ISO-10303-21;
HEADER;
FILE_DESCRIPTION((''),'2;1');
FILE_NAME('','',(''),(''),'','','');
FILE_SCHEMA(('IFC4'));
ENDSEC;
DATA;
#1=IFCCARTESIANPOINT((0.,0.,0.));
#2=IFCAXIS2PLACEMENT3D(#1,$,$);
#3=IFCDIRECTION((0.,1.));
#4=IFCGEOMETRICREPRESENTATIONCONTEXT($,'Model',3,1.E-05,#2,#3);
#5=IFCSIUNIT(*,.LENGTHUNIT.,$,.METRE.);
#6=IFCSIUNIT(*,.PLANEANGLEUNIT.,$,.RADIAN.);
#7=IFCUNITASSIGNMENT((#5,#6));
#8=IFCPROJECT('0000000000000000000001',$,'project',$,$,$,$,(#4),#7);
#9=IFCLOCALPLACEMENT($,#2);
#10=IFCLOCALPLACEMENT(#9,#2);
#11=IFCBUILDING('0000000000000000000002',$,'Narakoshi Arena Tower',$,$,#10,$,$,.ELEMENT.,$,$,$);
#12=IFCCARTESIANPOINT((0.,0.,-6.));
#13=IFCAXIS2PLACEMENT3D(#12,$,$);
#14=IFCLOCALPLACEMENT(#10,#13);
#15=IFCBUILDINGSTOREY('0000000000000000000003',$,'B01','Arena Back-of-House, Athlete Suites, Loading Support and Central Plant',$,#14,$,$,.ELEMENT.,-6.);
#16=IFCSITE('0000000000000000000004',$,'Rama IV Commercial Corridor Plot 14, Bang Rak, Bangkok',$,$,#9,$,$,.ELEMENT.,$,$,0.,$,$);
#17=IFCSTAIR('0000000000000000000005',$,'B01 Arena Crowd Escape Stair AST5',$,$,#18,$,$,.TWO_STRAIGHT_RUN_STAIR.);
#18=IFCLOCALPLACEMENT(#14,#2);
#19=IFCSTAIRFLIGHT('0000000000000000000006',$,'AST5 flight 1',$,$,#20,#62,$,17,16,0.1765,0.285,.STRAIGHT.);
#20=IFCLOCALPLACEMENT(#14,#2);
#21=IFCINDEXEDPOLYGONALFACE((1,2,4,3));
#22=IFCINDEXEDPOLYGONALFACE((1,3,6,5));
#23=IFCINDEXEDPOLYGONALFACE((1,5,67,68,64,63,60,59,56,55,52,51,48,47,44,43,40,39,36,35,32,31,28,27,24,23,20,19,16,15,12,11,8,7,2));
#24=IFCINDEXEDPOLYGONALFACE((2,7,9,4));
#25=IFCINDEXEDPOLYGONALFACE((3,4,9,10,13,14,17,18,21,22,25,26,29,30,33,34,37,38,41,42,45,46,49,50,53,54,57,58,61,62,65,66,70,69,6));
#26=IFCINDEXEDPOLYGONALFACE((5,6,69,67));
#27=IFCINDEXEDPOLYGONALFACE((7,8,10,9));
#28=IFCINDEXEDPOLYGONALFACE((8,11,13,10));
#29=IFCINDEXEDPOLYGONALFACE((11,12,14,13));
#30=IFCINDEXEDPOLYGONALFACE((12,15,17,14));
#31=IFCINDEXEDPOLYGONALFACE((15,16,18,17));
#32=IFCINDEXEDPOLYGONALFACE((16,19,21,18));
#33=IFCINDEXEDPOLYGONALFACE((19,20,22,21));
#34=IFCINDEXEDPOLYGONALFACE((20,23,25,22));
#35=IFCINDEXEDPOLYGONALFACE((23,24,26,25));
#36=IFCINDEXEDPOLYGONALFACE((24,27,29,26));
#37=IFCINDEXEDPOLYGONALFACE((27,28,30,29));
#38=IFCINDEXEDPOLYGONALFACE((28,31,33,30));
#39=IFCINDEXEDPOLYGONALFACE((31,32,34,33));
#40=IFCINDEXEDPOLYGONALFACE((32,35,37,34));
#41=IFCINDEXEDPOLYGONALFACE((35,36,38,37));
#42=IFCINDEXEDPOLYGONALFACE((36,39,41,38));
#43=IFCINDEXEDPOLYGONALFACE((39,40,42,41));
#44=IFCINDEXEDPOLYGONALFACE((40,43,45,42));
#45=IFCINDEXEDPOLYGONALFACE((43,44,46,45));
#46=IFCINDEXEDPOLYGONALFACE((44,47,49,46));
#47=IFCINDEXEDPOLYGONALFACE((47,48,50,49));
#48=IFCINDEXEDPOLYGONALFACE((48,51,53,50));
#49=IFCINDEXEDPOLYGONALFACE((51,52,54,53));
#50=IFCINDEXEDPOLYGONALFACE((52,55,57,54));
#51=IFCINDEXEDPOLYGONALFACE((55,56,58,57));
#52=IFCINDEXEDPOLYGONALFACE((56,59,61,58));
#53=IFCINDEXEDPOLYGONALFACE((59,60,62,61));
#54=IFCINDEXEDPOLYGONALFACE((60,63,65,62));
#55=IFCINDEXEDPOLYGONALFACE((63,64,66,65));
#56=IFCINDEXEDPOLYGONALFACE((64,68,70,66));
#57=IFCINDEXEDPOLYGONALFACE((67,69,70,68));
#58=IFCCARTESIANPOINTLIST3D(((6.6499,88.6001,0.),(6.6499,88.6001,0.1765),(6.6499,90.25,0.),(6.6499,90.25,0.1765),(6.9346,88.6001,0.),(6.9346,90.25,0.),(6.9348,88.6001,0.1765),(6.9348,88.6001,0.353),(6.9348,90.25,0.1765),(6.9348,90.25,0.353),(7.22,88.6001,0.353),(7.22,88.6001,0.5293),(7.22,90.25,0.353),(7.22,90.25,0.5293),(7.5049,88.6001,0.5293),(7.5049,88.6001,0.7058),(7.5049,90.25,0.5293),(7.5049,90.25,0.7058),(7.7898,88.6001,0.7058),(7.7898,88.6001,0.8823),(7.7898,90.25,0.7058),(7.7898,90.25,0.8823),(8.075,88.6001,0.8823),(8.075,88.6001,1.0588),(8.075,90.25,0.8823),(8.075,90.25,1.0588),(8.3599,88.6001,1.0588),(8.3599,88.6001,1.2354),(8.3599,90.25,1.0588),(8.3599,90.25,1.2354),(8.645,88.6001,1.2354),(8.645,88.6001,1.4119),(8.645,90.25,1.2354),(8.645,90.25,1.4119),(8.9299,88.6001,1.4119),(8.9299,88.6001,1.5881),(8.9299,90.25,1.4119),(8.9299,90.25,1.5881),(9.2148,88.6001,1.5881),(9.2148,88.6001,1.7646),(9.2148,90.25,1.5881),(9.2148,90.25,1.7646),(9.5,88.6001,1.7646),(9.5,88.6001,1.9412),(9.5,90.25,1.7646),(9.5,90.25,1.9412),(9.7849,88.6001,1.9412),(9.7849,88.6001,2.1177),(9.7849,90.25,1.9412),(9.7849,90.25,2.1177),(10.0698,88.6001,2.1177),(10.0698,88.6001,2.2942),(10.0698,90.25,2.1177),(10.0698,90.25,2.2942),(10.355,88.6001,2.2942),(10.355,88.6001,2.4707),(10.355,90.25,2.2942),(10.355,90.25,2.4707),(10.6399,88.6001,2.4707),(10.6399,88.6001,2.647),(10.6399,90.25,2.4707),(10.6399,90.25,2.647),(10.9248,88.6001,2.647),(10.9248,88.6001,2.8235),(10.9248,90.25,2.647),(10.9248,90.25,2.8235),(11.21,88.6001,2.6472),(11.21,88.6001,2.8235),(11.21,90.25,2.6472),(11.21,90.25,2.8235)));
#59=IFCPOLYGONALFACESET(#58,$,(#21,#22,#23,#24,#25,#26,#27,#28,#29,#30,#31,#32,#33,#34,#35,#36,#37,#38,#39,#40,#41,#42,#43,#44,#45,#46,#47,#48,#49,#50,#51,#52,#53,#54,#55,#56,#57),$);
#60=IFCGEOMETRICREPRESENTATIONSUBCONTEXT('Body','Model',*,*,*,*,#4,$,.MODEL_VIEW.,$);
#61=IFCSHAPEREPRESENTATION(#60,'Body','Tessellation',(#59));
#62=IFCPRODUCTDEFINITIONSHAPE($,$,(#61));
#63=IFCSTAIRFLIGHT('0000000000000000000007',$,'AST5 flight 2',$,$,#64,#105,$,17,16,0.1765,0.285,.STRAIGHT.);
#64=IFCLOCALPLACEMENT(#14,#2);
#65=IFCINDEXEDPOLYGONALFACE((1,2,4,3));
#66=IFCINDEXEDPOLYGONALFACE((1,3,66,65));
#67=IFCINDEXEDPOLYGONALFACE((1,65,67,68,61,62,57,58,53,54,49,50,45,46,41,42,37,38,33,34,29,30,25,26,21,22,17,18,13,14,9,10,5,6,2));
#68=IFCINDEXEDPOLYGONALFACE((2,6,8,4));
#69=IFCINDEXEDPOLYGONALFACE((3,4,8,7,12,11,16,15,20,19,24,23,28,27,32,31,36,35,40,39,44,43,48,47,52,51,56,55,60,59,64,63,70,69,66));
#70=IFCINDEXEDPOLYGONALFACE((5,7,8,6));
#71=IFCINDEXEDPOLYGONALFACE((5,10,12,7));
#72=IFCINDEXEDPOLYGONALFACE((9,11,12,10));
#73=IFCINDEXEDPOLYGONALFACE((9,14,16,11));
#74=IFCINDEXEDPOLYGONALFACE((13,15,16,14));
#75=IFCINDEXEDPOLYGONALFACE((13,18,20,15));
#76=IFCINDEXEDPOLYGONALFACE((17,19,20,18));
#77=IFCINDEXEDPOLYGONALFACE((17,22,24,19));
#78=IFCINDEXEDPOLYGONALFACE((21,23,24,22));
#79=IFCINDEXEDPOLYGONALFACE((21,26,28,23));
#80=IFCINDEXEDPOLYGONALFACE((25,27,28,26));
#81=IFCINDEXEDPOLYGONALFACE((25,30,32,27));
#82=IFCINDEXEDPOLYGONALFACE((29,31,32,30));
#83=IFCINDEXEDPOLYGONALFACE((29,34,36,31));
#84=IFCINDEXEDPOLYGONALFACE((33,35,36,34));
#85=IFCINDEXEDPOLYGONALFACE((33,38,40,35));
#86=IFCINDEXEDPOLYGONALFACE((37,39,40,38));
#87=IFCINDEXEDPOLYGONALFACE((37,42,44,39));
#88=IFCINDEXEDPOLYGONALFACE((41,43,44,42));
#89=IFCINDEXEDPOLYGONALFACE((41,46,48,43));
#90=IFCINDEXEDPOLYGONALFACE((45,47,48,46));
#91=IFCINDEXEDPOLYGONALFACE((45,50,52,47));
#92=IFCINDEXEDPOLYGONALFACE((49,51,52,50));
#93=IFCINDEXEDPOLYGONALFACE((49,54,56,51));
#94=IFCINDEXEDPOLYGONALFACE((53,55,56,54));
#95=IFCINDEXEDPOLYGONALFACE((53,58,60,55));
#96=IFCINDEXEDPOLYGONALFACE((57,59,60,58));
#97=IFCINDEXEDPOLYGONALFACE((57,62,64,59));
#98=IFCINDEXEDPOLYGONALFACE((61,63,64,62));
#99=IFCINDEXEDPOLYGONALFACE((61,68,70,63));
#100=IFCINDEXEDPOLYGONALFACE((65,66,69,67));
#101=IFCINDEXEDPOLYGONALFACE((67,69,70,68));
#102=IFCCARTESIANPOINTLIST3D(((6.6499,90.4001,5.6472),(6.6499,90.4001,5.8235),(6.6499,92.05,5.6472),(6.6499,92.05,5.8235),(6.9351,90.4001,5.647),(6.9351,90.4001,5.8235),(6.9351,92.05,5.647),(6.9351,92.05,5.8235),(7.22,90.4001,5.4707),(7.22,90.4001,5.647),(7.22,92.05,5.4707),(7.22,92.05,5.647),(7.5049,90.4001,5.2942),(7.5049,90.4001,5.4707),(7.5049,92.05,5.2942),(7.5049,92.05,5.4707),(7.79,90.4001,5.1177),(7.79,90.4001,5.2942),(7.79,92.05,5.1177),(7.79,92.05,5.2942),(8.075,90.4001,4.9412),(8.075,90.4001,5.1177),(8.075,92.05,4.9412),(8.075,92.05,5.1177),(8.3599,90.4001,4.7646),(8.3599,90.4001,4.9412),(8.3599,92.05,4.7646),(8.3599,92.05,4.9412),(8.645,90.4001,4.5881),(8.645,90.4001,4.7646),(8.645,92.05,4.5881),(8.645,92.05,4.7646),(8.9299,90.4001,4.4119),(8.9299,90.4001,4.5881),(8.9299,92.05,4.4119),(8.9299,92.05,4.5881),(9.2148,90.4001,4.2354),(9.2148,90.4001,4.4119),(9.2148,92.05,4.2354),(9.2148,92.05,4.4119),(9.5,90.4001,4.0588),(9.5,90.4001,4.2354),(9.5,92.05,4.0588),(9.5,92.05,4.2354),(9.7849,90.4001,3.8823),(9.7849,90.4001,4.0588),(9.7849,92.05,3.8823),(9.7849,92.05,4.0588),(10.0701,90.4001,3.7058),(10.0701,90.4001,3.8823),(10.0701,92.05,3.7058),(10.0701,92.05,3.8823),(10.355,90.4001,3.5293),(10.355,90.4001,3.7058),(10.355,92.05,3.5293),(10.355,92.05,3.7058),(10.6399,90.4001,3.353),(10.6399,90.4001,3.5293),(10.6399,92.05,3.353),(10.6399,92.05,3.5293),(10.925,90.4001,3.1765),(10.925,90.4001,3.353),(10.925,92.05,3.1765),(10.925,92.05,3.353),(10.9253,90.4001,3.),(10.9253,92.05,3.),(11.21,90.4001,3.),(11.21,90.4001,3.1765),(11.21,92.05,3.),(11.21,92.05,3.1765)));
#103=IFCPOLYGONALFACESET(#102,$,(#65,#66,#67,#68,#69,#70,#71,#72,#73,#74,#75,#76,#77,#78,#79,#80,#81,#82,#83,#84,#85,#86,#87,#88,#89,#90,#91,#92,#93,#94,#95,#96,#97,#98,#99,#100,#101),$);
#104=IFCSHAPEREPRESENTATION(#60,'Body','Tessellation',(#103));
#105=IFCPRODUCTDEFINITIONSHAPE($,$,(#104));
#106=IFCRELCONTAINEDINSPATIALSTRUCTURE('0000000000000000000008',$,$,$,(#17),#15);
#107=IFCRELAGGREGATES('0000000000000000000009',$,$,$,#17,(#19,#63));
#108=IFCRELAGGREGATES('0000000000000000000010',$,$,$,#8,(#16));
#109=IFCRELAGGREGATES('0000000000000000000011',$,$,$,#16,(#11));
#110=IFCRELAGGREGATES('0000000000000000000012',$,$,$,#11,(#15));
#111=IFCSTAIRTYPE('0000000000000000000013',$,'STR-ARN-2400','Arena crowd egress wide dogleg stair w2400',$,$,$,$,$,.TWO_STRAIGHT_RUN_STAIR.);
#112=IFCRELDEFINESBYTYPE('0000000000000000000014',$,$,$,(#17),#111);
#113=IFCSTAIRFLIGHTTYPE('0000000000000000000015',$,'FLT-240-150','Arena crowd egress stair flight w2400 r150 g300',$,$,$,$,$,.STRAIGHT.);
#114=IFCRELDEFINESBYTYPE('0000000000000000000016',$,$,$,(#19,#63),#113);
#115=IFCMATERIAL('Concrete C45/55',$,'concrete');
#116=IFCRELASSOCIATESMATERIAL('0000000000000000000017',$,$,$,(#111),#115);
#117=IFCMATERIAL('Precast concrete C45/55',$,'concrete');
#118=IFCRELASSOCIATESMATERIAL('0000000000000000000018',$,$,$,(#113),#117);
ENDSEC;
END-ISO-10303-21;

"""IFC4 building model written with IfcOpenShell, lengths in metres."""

from ifc_helpers import new_model, si_unit, direction, frame, origin, place, context, subcontext, project, spatial, polyline, outline, extrude, material, type_object, element, aggregate, save


model = new_model("IFC4")

# Units and contexts
model_context = context("Model", 3, precision=1e-05, world=origin(), true_north=direction((0.0, 1.0)))
body_context = subcontext(model_context, "Body", "Model", "MODEL_VIEW")
ifc_project = project(units=[si_unit("LENGTHUNIT", "METRE"), si_unit("PLANEANGLEUNIT", "RADIAN")], contexts=[model_context])

# Site, building, storey
site_placement = place(None, origin())
site = spatial("IfcSite", under=ifc_project, at=site_placement, Name="Rama IV Commercial Corridor Plot 14, Bang Rak, Bangkok", CompositionType="ELEMENT", RefElevation=0.0)
building_placement = place(site_placement, origin())
building = spatial("IfcBuilding", under=site, at=building_placement, Name="Narakoshi Arena Tower", CompositionType="ELEMENT")
storey_placement = place(building_placement, frame((0.0, 0.0, -6.0)))
storey = spatial("IfcBuildingStorey", under=building, at=storey_placement, Name="B01", Description="Arena Back-of-House, Athlete Suites, Loading Support and Central Plant", CompositionType="ELEMENT", Elevation=-6.0)

# Shared definitions
ifc_material_1 = material(Name="Concrete C45/55", Category="concrete")

# Stair, stair flights
stair_type = type_object("IfcStairType", Name="STR-ARN-2400", Description="Arena crowd egress wide dogleg stair w2400", PredefinedType="TWO_STRAIGHT_RUN_STAIR", material=ifc_material_1)
stair_placement = place(storey_placement, origin())
stair = element("IfcStair", 1, at=stair_placement, inside=storey, type_object=stair_type, Name="B01 Arena Crowd Escape Stair AST5", PredefinedType="TWO_STRAIGHT_RUN_STAIR")
ifc_material_2 = material(Name="Precast concrete C45/55", Category="concrete")
stair_flight_type = type_object("IfcStairFlightType", Name="FLT-240-150", Description="Arena crowd egress stair flight w2400 r150 g300", PredefinedType="STRAIGHT", material=ifc_material_2)
stair_flight_1_placement = place(storey_placement, frame((6.6499, 89.425, 0.0), z_axis=(0.0, 0.0, 1.0), x_axis=(1.0, 0.0, 0.0)))
stair_flight_1 = element("IfcStairFlight", 2, at=stair_flight_1_placement, type_object=stair_flight_type, Name="AST5 flight 1", NumberOfRisers=17, NumberOfTreads=16, PredefinedType="STRAIGHT", RiserHeight=0.1765, TreadLength=0.285, context=body_context, shape_type="SweptSolid", body=[
    extrude(outline(polyline([(0.0, 0.0), (0.0, 0.1765), (0.2849, 0.1765), (0.2849, 0.353), (0.5701, 0.353), (0.5701, 0.5293), (0.855, 0.5293), (0.855, 0.7058), (1.1399, 0.7058), (1.1399, 0.8823), (1.425, 0.8823), (1.425, 1.0588), (1.71, 1.0588), (1.71, 1.2354), (1.9951, 1.2354), (1.9951, 1.4119), (2.28, 1.4119), (2.28, 1.5881), (2.5649, 1.5881), (2.5649, 1.7646), (2.8501, 1.7646), (2.8501, 1.9412), (3.135, 1.9412), (3.135, 2.1177), (3.4199, 2.1177), (3.4199, 2.2942), (3.7051, 2.2942), (3.7051, 2.4707), (3.99, 2.4707), (3.99, 2.647), (4.2749, 2.647), (4.2749, 2.8235), (4.5601, 2.8235), (4.5601, 3.0), (4.5601, 2.6472), (0.2847, 0.0), (0.0, 0.0)])), frame((0.0, 0.825, 0.0), z_axis=(0.0, -1.0, 0.0), x_axis=(1.0, 0.0, 0.0)), (0.0, 0.0, 1.0), 1.6499),
])
stair_flight_2_placement = place(storey_placement, frame((11.21, 91.2251, 3.0), z_axis=(0.0, 0.0, 1.0), x_axis=(-1.0, 0.0, 0.0)))
stair_flight_2 = element("IfcStairFlight", 3, at=stair_flight_2_placement, type_object=stair_flight_type, Name="AST5 flight 2", NumberOfRisers=17, NumberOfTreads=16, PredefinedType="STRAIGHT", RiserHeight=0.1765, TreadLength=0.285, context=body_context, shape_type="SweptSolid", body=[
    extrude(outline(polyline([(0.0, 0.0), (0.0, 0.1765), (0.2849, 0.1765), (0.2849, 0.353), (0.5701, 0.353), (0.5701, 0.5293), (0.855, 0.5293), (0.855, 0.7058), (1.1399, 0.7058), (1.1399, 0.8823), (1.425, 0.8823), (1.425, 1.0588), (1.71, 1.0588), (1.71, 1.2354), (1.9951, 1.2354), (1.9951, 1.4119), (2.28, 1.4119), (2.28, 1.5881), (2.5649, 1.5881), (2.5649, 1.7646), (2.8501, 1.7646), (2.8501, 1.9412), (3.135, 1.9412), (3.135, 2.1177), (3.4199, 2.1177), (3.4199, 2.2942), (3.7051, 2.2942), (3.7051, 2.4707), (3.99, 2.4707), (3.99, 2.647), (4.2749, 2.647), (4.2749, 2.8235), (4.5601, 2.8235), (4.5601, 3.0), (4.5601, 2.6472), (0.2847, 0.0), (0.0, 0.0)])), frame((0.0, 0.825, 0.0), z_axis=(0.0, -1.0, 0.0), x_axis=(1.0, 0.0, 0.0)), (0.0, 0.0, 1.0), 1.6499),
])
aggregate(stair, [stair_flight_1, stair_flight_2])

save(model, "model.ifc")
